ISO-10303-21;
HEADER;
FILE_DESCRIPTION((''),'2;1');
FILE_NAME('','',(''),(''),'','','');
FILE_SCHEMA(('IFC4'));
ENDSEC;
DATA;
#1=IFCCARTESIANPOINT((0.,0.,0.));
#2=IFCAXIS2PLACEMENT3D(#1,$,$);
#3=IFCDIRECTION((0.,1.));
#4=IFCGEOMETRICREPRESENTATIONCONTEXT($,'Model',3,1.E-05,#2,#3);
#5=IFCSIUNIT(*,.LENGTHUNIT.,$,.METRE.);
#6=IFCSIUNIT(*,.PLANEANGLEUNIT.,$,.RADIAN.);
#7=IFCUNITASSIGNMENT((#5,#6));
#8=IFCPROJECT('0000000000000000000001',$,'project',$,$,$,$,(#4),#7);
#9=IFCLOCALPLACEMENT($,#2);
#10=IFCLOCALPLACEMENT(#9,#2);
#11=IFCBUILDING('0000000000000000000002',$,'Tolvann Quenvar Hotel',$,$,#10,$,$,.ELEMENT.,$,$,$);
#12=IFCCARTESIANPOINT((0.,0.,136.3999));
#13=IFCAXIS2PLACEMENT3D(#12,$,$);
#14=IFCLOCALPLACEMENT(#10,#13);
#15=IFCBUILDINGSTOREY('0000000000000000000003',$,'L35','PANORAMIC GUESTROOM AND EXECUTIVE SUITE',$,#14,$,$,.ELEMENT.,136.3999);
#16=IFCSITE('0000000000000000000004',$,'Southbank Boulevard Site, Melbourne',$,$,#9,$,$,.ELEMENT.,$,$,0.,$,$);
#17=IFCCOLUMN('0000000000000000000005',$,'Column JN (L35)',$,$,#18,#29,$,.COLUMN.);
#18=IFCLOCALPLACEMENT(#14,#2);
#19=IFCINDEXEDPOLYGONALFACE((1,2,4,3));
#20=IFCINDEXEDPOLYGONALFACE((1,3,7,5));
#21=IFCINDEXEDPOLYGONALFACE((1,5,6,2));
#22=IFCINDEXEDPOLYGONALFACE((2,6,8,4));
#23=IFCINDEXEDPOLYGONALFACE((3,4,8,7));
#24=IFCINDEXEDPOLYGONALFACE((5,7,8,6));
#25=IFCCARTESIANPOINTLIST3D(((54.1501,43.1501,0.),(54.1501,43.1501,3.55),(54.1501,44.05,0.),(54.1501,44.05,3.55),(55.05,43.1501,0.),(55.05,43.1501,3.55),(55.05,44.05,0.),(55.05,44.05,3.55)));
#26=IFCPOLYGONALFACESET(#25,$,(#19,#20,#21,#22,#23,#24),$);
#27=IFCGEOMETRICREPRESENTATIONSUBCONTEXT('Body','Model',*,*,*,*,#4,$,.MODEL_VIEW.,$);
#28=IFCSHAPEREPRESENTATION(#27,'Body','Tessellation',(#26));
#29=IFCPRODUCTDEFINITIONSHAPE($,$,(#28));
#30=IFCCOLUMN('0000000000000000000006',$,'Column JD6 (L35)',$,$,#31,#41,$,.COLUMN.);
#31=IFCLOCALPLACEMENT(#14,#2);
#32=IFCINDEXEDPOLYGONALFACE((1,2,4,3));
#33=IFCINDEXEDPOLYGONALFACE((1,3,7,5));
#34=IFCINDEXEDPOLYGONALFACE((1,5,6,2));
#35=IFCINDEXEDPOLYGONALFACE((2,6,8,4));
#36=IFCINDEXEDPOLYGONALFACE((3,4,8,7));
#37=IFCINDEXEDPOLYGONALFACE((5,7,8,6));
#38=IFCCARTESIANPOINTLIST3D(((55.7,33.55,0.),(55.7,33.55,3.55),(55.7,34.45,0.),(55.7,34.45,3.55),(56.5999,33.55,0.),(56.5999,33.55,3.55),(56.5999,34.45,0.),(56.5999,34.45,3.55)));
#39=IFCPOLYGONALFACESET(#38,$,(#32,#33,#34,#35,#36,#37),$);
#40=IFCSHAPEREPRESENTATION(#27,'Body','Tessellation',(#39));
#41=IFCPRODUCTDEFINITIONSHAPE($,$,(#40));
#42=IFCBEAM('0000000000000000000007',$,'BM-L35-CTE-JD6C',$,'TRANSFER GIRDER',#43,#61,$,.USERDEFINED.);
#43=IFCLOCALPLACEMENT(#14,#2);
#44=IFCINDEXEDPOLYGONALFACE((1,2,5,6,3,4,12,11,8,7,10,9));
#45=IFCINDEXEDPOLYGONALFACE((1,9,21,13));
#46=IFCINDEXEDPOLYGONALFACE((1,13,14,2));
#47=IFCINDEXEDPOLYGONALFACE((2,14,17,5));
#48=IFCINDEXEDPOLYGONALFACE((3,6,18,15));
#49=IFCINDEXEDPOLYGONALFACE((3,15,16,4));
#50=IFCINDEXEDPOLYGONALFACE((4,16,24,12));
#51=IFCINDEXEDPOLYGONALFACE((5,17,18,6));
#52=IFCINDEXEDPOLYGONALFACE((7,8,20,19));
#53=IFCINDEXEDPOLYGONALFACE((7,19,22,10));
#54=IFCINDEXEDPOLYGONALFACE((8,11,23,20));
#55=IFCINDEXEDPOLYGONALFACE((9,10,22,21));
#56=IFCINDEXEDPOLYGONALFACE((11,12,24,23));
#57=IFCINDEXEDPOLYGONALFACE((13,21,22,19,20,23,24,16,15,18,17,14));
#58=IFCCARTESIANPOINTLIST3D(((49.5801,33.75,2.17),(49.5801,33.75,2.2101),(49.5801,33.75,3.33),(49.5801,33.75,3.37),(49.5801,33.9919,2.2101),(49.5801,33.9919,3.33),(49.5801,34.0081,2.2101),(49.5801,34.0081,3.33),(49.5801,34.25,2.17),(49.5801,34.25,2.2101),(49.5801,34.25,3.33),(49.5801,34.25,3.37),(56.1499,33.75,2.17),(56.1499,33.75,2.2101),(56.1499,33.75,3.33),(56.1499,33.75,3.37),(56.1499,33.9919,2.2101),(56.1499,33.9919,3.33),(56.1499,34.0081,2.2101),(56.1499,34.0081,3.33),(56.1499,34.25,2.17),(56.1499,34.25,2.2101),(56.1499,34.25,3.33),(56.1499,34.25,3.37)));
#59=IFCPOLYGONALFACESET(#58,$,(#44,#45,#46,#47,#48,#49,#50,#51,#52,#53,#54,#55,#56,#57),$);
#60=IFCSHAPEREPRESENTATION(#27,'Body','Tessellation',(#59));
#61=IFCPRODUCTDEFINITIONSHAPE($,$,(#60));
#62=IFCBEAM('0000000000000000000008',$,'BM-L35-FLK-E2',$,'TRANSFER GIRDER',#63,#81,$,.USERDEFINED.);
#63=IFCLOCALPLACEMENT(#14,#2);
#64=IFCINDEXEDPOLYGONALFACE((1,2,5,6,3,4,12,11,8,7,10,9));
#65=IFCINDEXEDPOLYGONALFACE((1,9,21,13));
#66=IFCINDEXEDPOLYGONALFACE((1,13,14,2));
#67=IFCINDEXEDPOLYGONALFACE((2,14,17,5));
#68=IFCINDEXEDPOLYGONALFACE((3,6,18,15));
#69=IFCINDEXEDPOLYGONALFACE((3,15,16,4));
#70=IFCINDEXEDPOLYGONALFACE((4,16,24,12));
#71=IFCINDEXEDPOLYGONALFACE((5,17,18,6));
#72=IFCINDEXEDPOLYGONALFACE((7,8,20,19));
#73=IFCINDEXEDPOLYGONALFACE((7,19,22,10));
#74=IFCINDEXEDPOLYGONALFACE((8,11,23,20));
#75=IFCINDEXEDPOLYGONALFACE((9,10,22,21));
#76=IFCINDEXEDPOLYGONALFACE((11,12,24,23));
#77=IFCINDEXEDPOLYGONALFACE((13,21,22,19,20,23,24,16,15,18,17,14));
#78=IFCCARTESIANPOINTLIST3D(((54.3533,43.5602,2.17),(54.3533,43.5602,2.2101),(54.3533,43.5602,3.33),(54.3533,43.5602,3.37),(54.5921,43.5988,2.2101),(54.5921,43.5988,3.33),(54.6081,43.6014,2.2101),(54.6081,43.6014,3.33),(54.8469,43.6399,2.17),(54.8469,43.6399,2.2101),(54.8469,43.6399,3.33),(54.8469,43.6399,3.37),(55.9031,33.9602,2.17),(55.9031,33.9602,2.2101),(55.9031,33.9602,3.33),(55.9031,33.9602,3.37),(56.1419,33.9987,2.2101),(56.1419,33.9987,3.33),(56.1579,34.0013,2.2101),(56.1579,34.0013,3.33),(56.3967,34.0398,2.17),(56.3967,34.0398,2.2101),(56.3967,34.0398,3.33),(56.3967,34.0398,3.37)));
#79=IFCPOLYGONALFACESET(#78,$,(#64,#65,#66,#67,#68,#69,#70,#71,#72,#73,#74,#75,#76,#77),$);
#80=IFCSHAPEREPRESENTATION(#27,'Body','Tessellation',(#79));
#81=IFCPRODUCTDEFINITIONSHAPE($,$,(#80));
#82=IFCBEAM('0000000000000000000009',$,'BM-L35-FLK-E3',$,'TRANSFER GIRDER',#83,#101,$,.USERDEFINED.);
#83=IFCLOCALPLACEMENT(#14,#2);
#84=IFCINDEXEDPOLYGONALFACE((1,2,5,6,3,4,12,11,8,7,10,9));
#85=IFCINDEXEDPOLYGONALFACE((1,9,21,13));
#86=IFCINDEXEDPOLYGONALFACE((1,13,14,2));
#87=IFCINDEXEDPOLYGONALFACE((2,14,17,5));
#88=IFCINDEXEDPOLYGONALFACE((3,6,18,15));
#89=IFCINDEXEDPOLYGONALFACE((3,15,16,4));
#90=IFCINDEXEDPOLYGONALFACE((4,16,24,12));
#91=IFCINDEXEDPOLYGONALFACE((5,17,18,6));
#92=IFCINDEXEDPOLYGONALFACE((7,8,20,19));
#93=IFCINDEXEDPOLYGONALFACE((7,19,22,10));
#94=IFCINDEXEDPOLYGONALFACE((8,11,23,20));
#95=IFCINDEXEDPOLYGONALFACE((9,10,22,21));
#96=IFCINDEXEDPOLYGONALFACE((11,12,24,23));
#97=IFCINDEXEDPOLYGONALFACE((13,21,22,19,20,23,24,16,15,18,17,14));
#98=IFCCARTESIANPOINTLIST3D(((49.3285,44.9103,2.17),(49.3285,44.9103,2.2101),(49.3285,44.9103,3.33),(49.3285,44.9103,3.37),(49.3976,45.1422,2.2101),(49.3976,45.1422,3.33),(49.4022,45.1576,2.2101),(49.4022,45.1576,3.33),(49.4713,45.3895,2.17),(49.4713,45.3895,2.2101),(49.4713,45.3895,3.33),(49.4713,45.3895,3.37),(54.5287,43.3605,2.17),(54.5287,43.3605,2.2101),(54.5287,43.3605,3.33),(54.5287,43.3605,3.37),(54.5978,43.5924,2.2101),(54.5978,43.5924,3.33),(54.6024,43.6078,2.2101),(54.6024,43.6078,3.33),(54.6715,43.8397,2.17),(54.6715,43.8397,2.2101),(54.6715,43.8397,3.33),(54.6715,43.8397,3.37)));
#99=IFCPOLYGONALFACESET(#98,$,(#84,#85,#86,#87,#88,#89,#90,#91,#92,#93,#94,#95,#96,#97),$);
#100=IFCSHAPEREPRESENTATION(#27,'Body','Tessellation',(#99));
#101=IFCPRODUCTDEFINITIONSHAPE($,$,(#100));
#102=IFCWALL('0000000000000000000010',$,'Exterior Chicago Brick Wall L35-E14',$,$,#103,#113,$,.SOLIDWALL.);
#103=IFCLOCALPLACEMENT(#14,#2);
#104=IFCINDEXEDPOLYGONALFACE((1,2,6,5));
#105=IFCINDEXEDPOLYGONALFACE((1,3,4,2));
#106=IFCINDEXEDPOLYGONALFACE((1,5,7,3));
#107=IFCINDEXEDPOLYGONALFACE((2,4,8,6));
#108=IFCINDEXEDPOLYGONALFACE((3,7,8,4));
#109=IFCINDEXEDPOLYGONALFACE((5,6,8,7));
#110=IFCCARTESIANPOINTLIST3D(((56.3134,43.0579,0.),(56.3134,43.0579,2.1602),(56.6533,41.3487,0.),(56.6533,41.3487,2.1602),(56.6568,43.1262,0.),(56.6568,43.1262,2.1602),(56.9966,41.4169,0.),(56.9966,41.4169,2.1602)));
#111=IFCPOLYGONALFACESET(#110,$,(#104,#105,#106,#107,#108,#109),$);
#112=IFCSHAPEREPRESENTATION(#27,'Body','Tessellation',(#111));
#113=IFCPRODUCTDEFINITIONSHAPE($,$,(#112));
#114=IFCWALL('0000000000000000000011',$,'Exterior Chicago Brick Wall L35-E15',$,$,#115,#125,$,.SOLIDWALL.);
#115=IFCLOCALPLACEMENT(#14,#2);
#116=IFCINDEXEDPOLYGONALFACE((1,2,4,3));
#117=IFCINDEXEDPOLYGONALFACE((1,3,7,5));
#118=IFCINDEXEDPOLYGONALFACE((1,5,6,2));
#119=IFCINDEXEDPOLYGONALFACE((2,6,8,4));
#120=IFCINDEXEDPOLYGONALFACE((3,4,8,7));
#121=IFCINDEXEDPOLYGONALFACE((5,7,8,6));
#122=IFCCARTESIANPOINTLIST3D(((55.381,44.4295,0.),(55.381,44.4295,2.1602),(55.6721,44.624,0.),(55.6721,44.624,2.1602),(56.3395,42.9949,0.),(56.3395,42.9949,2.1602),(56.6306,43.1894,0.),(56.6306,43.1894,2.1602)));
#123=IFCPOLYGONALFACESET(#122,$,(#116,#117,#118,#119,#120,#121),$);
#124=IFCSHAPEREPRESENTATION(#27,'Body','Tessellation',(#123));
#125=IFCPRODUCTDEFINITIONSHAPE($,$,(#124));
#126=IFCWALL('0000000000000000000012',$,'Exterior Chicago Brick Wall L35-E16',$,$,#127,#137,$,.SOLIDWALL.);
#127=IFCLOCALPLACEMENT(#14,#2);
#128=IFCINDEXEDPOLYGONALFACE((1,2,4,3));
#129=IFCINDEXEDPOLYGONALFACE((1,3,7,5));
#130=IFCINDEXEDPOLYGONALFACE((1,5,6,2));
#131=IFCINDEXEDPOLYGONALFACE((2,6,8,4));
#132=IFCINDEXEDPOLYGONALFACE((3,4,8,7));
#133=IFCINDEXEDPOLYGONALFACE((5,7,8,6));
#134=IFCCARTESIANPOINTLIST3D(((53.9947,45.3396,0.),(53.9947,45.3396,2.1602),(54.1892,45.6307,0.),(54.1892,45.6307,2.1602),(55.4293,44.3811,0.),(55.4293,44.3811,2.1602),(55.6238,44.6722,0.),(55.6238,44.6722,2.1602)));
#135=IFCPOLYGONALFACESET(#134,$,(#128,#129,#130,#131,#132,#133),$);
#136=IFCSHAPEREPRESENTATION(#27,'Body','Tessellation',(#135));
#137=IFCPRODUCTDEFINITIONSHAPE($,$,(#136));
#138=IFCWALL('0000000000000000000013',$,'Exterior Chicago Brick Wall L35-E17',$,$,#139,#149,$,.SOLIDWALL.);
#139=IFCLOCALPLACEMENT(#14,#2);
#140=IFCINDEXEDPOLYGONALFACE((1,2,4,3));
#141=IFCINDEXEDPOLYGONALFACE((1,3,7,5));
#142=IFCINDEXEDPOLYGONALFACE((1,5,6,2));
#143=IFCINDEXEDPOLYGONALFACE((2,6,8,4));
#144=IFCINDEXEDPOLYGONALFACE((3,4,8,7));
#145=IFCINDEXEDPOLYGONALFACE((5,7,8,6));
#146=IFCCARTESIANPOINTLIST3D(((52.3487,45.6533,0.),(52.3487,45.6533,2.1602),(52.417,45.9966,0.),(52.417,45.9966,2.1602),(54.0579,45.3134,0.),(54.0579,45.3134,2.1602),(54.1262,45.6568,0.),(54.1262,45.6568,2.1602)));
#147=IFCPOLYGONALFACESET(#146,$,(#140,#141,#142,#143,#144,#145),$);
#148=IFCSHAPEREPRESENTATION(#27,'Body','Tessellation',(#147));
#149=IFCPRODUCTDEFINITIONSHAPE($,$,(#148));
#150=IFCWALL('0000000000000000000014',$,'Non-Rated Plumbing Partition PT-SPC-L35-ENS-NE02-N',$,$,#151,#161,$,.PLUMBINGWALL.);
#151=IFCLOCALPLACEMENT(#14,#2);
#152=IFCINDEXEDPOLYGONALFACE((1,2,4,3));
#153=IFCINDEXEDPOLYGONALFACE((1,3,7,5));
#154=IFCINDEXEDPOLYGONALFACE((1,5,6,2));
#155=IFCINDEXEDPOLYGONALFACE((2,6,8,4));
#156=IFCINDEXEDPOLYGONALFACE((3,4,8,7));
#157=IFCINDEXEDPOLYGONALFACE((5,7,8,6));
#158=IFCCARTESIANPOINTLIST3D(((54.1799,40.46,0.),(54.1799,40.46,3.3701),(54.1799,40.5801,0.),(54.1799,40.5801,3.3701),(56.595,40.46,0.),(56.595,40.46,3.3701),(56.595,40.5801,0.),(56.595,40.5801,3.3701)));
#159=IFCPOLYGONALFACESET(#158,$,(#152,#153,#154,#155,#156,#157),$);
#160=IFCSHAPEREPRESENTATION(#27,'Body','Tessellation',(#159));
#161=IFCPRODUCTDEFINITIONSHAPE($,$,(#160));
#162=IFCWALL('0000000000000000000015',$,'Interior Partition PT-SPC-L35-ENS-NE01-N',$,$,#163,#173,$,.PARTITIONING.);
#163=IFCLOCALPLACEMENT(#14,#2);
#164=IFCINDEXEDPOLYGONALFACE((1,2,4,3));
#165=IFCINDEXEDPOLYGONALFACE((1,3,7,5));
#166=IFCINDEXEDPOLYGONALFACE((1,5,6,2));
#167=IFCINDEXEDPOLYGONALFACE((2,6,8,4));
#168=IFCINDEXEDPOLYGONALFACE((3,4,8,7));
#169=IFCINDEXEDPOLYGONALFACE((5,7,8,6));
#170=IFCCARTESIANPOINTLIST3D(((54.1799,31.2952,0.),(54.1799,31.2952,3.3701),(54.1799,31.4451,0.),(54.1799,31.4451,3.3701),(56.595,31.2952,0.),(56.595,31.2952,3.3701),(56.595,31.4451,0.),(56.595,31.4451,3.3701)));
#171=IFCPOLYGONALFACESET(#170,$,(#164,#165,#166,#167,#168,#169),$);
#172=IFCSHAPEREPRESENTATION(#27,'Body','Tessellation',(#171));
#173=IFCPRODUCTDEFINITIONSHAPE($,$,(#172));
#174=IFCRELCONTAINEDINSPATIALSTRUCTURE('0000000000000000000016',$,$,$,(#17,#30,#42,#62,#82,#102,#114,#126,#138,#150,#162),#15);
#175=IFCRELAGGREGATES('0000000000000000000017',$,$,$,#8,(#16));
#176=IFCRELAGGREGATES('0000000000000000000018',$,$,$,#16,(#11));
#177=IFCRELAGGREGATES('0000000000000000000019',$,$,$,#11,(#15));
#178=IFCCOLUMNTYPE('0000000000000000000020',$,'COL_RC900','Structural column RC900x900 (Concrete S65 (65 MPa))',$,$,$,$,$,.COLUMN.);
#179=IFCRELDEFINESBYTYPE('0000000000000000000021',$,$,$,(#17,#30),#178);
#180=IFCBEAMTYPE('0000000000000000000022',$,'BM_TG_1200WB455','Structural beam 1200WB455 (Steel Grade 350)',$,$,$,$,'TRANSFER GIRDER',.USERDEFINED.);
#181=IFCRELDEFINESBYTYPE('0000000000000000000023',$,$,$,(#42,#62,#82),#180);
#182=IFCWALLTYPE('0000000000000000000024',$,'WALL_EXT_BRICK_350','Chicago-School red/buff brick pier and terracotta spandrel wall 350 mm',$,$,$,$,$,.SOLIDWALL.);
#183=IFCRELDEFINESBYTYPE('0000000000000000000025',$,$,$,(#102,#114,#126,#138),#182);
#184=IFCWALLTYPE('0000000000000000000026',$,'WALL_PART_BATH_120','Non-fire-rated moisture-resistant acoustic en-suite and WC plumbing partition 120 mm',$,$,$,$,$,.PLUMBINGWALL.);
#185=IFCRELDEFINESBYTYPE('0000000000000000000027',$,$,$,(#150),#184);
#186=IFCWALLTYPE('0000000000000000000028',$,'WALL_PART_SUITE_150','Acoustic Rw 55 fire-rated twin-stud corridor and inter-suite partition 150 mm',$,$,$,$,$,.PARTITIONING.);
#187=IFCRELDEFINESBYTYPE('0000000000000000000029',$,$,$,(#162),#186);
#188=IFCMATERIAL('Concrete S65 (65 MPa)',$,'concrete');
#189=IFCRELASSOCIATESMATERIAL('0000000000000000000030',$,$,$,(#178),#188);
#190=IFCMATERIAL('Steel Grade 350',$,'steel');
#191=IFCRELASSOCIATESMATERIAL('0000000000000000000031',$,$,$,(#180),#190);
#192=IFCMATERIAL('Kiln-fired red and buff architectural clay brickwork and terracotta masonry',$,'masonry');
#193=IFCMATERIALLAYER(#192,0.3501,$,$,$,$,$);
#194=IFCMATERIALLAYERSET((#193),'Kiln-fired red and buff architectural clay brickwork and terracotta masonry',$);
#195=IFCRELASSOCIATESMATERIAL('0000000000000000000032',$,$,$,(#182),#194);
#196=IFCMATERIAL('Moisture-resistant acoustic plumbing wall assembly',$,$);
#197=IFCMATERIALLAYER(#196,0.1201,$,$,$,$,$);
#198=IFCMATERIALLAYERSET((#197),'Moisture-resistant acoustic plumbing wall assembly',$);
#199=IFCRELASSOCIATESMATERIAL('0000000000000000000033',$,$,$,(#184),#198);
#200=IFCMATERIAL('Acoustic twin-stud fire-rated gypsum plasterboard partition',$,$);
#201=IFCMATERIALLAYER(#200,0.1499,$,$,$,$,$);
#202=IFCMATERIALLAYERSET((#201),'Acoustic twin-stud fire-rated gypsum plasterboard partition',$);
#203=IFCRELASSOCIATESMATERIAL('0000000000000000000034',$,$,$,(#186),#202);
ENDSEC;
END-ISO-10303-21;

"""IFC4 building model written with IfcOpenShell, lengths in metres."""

from ifc_helpers import new_model, si_unit, direction, frame, frame_2d, origin, origin_2d, place, context, subcontext, project, spatial, rectangle, i_section, extrude, source, transform, mapped, material, layer, layer_set, material_profile, profile_set, type_object, type_shapes, element, save


model = new_model("IFC4")

# Units and contexts
model_context = context("Model", 3, precision=1e-05, world=origin(), true_north=direction((0.0, 1.0)))
body_context = subcontext(model_context, "Body", "Model", "MODEL_VIEW")
ifc_project = project(units=[si_unit("LENGTHUNIT", "METRE"), si_unit("PLANEANGLEUNIT", "RADIAN")], contexts=[model_context])

# Site, building, storey
site_placement = place(None, origin())
site = spatial("IfcSite", under=ifc_project, at=site_placement, Name="Southbank Boulevard Site, Melbourne", CompositionType="ELEMENT", RefElevation=0.0)
building_placement = place(site_placement, origin())
building = spatial("IfcBuilding", under=site, at=building_placement, Name="Tolvann Quenvar Hotel", CompositionType="ELEMENT")
storey_placement = place(building_placement, frame((0.0, 0.0, 136.3999)))
storey = spatial("IfcBuildingStorey", under=building, at=storey_placement, Name="L35", Description="PANORAMIC GUESTROOM AND EXECUTIVE SUITE", CompositionType="ELEMENT", Elevation=136.3999)

# Columns
ifc_material_1 = material(Name="Concrete S65 (65 MPa)", Category="concrete")
ifc_material_profile_1 = material_profile(ifc_material_1, rectangle(XDim=0.8999, YDim=0.8999, at=origin_2d()), Name="RC900x900")
ifc_profile_set_1 = profile_set([ifc_material_profile_1], Name="Concrete S65 (65 MPa)")
column_type = type_object("IfcColumnType", Name="COL_RC900", Description="Structural column RC900x900 (Concrete S65 (65 MPa))", PredefinedType="COLUMN", material=ifc_profile_set_1)
shared_shape_1 = source(origin(), body_context, "Body", "SweptSolid", [
    extrude(rectangle(XDim=0.8999, YDim=0.8999, at=origin_2d()), origin(), (0.0, 0.0, 1.0), 3.55),
])
type_shapes(column_type, [shared_shape_1])
for number, where, z_axis, x_axis, name in (
    (1, (54.6001, 43.6001, 0.0), (0.0, 0.0, 1.0), (1.0, 0.0, 0.0), "Column JN (L35)"),
    (2, (56.1499, 34.0, 0.0), (0.0, 0.0, 1.0), (1.0, 0.0, 0.0), "Column JD6 (L35)"),
):
    element("IfcColumn", number, at=place(storey_placement, frame(where, z_axis=z_axis, x_axis=x_axis)), inside=storey, type_object=column_type, Name=name, PredefinedType="COLUMN", context=body_context, shape_type="MappedRepresentation", body=[
        mapped(shared_shape_1, transform((0.0, 0.0, 0.0), x_axis=(1.0, 0.0, 0.0), y_axis=(0.0, 1.0, 0.0), z_axis=(0.0, 0.0, 1.0), scale=1.0)),
    ])

# Beams
ifc_material_2 = material(Name="Steel Grade 350", Category="steel")
ifc_material_profile_2 = material_profile(ifc_material_2, i_section(OverallWidth=0.5, OverallDepth=1.2, WebThickness=0.0161, FlangeThickness=0.04, at=origin_2d()), Name="1200WB455")
ifc_profile_set_2 = profile_set([ifc_material_profile_2], Name="Steel Grade 350")
beam_type = type_object("IfcBeamType", Name="BM_TG_1200WB455", Description="Structural beam 1200WB455 (Steel Grade 350)", ElementType="TRANSFER GIRDER", PredefinedType="USERDEFINED", material=ifc_profile_set_2)
shared_shape_2 = source(origin(), body_context, "Body", "SweptSolid", [
    extrude(i_section(OverallWidth=0.5, OverallDepth=1.2, WebThickness=0.0161, FlangeThickness=0.04, at=origin_2d()), origin(), (0.0, 0.0, 1.0), 6.5698),
])
beam_1_placement = place(storey_placement, frame((49.5801, 34.0, 2.77), z_axis=(1.0, 0.0, 0.0), x_axis=(0.0, 1.0, 0.0)))
element("IfcBeam", 3, at=beam_1_placement, inside=storey, type_object=beam_type, Name="BM-L35-CTE-JD6C", ObjectType="TRANSFER GIRDER", PredefinedType="USERDEFINED", context=body_context, shape_type="MappedRepresentation", body=[
    mapped(shared_shape_2, transform((0.0, 0.0, 0.0), x_axis=(1.0, 0.0, 0.0), y_axis=(0.0, 1.0, 0.0), z_axis=(0.0, 0.0, 1.0), scale=1.0)),
])
shared_shape_3 = source(origin(), body_context, "Body", "SweptSolid", [
    extrude(i_section(OverallWidth=0.5, OverallDepth=1.2, WebThickness=0.0161, FlangeThickness=0.04, at=origin_2d()), origin(), (0.0, 0.0, 1.0), 9.7244),
])
beam_2_placement = place(storey_placement, frame((56.1499, 34.0, 2.77), z_axis=(-0.159373, 0.987218, 0.0), x_axis=(-0.987218, -0.159373, 0.0)))
element("IfcBeam", 4, at=beam_2_placement, inside=storey, type_object=beam_type, Name="BM-L35-FLK-E2", ObjectType="TRANSFER GIRDER", PredefinedType="USERDEFINED", context=body_context, shape_type="MappedRepresentation", body=[
    mapped(shared_shape_3, transform((0.0, 0.0, 0.0), x_axis=(1.0, 0.0, 0.0), y_axis=(0.0, 1.0, 0.0), z_axis=(0.0, 0.0, 1.0), scale=1.0)),
])
shared_shape_4 = source(origin(), body_context, "Body", "SweptSolid", [
    extrude(i_section(OverallWidth=0.5, OverallDepth=1.2, WebThickness=0.0161, FlangeThickness=0.04, at=origin_2d()), origin(), (0.0, 0.0, 1.0), 5.4263),
])
type_shapes(beam_type, [shared_shape_2, shared_shape_3, shared_shape_4])
beam_3_placement = place(storey_placement, frame((54.6001, 43.6001, 2.77), z_axis=(-0.958345, 0.285614, 0.0), x_axis=(-0.285614, -0.958345, 0.0)))
element("IfcBeam", 5, at=beam_3_placement, inside=storey, type_object=beam_type, Name="BM-L35-FLK-E3", ObjectType="TRANSFER GIRDER", PredefinedType="USERDEFINED", context=body_context, shape_type="MappedRepresentation", body=[
    mapped(shared_shape_4, transform((0.0, 0.0, 0.0), x_axis=(1.0, 0.0, 0.0), y_axis=(0.0, 1.0, 0.0), z_axis=(0.0, 0.0, 1.0), scale=1.0)),
])

# Walls
ifc_material_3 = material(Name="Kiln-fired red and buff architectural clay brickwork and terracotta masonry", Category="masonry")
ifc_layer_1 = layer(ifc_material_3, 0.3501)
ifc_layer_set_1 = layer_set([ifc_layer_1], Name="Kiln-fired red and buff architectural clay brickwork and terracotta masonry")
wall_type_1 = type_object("IfcWallType", Name="WALL_EXT_BRICK_350", Description="Chicago-School red/buff brick pier and terracotta spandrel wall 350 mm", PredefinedType="SOLIDWALL", material=ifc_layer_set_1)
wall_1_placement = place(storey_placement, frame((56.825, 41.3828, 0.0), z_axis=(0.0, 0.0, 1.0), x_axis=(-0.195011, 0.980801, 0.0)))
element("IfcWall", 6, at=wall_1_placement, inside=storey, type_object=wall_type_1, Name="Exterior Chicago Brick Wall L35-E14", PredefinedType="SOLIDWALL", context=body_context, shape_type="SweptSolid", body=[
    extrude(rectangle(XDim=1.7427, YDim=0.3501, at=frame_2d((0.8713, 0.0))), origin(), (0.0, 0.0, 1.0), 2.1602),
])
for number, where, z_axis, x_axis, name in (
    (7, (56.4851, 43.092, 0.0), (0.0, 0.0, 1.0), (-0.555549, 0.831484, 0.0), "Exterior Chicago Brick Wall L35-E15"),
    (8, (55.5266, 44.5266, 0.0), (0.0, 0.0, 1.0), (-0.831484, 0.555549, 0.0), "Exterior Chicago Brick Wall L35-E16"),
):
    element("IfcWall", number, at=place(storey_placement, frame(where, z_axis=z_axis, x_axis=x_axis)), inside=storey, type_object=wall_type_1, Name=name, PredefinedType="SOLIDWALL", context=body_context, shape_type="SweptSolid", body=[
        extrude(rectangle(XDim=1.7253, YDim=0.3501, at=frame_2d((0.8628, 0.0))), origin(), (0.0, 0.0, 1.0), 2.1602),
    ])
wall_2_placement = place(storey_placement, frame((54.092, 45.4851, 0.0), z_axis=(0.0, 0.0, 1.0), x_axis=(-0.980801, 0.195011, 0.0)))
element("IfcWall", 9, at=wall_2_placement, inside=storey, type_object=wall_type_1, Name="Exterior Chicago Brick Wall L35-E17", PredefinedType="SOLIDWALL", context=body_context, shape_type="SweptSolid", body=[
    extrude(rectangle(XDim=1.7427, YDim=0.3501, at=frame_2d((0.8713, 0.0))), origin(), (0.0, 0.0, 1.0), 2.1602),
])

# Walls
ifc_material_4 = material(Name="Moisture-resistant acoustic plumbing wall assembly")
ifc_layer_2 = layer(ifc_material_4, 0.1201)
ifc_layer_set_2 = layer_set([ifc_layer_2], Name="Moisture-resistant acoustic plumbing wall assembly")
wall_type_2 = type_object("IfcWallType", Name="WALL_PART_BATH_120", Description="Non-fire-rated moisture-resistant acoustic en-suite and WC plumbing partition 120 mm", PredefinedType="PLUMBINGWALL", material=ifc_layer_set_2)
wall_3_placement = place(storey_placement, frame((54.1799, 40.52, 0.0), z_axis=(0.0, 0.0, 1.0), x_axis=(1.0, 0.0, 0.0)))
element("IfcWall", 10, at=wall_3_placement, inside=storey, type_object=wall_type_2, Name="Non-Rated Plumbing Partition PT-SPC-L35-ENS-NE02-N", PredefinedType="PLUMBINGWALL", context=body_context, shape_type="SweptSolid", body=[
    extrude(rectangle(XDim=2.415, YDim=0.1201, at=frame_2d((1.2075, 0.0))), origin(), (0.0, 0.0, 1.0), 3.3701),
])
ifc_material_5 = material(Name="Acoustic twin-stud fire-rated gypsum plasterboard partition")
ifc_layer_3 = layer(ifc_material_5, 0.1499)
ifc_layer_set_3 = layer_set([ifc_layer_3], Name="Acoustic twin-stud fire-rated gypsum plasterboard partition")
wall_type_3 = type_object("IfcWallType", Name="WALL_PART_SUITE_150", Description="Acoustic Rw 55 fire-rated twin-stud corridor and inter-suite partition 150 mm", PredefinedType="PARTITIONING", material=ifc_layer_set_3)
wall_4_placement = place(storey_placement, frame((54.1799, 31.3701, 0.0), z_axis=(0.0, 0.0, 1.0), x_axis=(1.0, 0.0, 0.0)))
element("IfcWall", 11, at=wall_4_placement, inside=storey, type_object=wall_type_3, Name="Interior Partition PT-SPC-L35-ENS-NE01-N", PredefinedType="PARTITIONING", context=body_context, shape_type="SweptSolid", body=[
    extrude(rectangle(XDim=2.415, YDim=0.1499, at=frame_2d((1.2075, 0.0))), origin(), (0.0, 0.0, 1.0), 3.3701),
])

save(model, "model.ifc")
